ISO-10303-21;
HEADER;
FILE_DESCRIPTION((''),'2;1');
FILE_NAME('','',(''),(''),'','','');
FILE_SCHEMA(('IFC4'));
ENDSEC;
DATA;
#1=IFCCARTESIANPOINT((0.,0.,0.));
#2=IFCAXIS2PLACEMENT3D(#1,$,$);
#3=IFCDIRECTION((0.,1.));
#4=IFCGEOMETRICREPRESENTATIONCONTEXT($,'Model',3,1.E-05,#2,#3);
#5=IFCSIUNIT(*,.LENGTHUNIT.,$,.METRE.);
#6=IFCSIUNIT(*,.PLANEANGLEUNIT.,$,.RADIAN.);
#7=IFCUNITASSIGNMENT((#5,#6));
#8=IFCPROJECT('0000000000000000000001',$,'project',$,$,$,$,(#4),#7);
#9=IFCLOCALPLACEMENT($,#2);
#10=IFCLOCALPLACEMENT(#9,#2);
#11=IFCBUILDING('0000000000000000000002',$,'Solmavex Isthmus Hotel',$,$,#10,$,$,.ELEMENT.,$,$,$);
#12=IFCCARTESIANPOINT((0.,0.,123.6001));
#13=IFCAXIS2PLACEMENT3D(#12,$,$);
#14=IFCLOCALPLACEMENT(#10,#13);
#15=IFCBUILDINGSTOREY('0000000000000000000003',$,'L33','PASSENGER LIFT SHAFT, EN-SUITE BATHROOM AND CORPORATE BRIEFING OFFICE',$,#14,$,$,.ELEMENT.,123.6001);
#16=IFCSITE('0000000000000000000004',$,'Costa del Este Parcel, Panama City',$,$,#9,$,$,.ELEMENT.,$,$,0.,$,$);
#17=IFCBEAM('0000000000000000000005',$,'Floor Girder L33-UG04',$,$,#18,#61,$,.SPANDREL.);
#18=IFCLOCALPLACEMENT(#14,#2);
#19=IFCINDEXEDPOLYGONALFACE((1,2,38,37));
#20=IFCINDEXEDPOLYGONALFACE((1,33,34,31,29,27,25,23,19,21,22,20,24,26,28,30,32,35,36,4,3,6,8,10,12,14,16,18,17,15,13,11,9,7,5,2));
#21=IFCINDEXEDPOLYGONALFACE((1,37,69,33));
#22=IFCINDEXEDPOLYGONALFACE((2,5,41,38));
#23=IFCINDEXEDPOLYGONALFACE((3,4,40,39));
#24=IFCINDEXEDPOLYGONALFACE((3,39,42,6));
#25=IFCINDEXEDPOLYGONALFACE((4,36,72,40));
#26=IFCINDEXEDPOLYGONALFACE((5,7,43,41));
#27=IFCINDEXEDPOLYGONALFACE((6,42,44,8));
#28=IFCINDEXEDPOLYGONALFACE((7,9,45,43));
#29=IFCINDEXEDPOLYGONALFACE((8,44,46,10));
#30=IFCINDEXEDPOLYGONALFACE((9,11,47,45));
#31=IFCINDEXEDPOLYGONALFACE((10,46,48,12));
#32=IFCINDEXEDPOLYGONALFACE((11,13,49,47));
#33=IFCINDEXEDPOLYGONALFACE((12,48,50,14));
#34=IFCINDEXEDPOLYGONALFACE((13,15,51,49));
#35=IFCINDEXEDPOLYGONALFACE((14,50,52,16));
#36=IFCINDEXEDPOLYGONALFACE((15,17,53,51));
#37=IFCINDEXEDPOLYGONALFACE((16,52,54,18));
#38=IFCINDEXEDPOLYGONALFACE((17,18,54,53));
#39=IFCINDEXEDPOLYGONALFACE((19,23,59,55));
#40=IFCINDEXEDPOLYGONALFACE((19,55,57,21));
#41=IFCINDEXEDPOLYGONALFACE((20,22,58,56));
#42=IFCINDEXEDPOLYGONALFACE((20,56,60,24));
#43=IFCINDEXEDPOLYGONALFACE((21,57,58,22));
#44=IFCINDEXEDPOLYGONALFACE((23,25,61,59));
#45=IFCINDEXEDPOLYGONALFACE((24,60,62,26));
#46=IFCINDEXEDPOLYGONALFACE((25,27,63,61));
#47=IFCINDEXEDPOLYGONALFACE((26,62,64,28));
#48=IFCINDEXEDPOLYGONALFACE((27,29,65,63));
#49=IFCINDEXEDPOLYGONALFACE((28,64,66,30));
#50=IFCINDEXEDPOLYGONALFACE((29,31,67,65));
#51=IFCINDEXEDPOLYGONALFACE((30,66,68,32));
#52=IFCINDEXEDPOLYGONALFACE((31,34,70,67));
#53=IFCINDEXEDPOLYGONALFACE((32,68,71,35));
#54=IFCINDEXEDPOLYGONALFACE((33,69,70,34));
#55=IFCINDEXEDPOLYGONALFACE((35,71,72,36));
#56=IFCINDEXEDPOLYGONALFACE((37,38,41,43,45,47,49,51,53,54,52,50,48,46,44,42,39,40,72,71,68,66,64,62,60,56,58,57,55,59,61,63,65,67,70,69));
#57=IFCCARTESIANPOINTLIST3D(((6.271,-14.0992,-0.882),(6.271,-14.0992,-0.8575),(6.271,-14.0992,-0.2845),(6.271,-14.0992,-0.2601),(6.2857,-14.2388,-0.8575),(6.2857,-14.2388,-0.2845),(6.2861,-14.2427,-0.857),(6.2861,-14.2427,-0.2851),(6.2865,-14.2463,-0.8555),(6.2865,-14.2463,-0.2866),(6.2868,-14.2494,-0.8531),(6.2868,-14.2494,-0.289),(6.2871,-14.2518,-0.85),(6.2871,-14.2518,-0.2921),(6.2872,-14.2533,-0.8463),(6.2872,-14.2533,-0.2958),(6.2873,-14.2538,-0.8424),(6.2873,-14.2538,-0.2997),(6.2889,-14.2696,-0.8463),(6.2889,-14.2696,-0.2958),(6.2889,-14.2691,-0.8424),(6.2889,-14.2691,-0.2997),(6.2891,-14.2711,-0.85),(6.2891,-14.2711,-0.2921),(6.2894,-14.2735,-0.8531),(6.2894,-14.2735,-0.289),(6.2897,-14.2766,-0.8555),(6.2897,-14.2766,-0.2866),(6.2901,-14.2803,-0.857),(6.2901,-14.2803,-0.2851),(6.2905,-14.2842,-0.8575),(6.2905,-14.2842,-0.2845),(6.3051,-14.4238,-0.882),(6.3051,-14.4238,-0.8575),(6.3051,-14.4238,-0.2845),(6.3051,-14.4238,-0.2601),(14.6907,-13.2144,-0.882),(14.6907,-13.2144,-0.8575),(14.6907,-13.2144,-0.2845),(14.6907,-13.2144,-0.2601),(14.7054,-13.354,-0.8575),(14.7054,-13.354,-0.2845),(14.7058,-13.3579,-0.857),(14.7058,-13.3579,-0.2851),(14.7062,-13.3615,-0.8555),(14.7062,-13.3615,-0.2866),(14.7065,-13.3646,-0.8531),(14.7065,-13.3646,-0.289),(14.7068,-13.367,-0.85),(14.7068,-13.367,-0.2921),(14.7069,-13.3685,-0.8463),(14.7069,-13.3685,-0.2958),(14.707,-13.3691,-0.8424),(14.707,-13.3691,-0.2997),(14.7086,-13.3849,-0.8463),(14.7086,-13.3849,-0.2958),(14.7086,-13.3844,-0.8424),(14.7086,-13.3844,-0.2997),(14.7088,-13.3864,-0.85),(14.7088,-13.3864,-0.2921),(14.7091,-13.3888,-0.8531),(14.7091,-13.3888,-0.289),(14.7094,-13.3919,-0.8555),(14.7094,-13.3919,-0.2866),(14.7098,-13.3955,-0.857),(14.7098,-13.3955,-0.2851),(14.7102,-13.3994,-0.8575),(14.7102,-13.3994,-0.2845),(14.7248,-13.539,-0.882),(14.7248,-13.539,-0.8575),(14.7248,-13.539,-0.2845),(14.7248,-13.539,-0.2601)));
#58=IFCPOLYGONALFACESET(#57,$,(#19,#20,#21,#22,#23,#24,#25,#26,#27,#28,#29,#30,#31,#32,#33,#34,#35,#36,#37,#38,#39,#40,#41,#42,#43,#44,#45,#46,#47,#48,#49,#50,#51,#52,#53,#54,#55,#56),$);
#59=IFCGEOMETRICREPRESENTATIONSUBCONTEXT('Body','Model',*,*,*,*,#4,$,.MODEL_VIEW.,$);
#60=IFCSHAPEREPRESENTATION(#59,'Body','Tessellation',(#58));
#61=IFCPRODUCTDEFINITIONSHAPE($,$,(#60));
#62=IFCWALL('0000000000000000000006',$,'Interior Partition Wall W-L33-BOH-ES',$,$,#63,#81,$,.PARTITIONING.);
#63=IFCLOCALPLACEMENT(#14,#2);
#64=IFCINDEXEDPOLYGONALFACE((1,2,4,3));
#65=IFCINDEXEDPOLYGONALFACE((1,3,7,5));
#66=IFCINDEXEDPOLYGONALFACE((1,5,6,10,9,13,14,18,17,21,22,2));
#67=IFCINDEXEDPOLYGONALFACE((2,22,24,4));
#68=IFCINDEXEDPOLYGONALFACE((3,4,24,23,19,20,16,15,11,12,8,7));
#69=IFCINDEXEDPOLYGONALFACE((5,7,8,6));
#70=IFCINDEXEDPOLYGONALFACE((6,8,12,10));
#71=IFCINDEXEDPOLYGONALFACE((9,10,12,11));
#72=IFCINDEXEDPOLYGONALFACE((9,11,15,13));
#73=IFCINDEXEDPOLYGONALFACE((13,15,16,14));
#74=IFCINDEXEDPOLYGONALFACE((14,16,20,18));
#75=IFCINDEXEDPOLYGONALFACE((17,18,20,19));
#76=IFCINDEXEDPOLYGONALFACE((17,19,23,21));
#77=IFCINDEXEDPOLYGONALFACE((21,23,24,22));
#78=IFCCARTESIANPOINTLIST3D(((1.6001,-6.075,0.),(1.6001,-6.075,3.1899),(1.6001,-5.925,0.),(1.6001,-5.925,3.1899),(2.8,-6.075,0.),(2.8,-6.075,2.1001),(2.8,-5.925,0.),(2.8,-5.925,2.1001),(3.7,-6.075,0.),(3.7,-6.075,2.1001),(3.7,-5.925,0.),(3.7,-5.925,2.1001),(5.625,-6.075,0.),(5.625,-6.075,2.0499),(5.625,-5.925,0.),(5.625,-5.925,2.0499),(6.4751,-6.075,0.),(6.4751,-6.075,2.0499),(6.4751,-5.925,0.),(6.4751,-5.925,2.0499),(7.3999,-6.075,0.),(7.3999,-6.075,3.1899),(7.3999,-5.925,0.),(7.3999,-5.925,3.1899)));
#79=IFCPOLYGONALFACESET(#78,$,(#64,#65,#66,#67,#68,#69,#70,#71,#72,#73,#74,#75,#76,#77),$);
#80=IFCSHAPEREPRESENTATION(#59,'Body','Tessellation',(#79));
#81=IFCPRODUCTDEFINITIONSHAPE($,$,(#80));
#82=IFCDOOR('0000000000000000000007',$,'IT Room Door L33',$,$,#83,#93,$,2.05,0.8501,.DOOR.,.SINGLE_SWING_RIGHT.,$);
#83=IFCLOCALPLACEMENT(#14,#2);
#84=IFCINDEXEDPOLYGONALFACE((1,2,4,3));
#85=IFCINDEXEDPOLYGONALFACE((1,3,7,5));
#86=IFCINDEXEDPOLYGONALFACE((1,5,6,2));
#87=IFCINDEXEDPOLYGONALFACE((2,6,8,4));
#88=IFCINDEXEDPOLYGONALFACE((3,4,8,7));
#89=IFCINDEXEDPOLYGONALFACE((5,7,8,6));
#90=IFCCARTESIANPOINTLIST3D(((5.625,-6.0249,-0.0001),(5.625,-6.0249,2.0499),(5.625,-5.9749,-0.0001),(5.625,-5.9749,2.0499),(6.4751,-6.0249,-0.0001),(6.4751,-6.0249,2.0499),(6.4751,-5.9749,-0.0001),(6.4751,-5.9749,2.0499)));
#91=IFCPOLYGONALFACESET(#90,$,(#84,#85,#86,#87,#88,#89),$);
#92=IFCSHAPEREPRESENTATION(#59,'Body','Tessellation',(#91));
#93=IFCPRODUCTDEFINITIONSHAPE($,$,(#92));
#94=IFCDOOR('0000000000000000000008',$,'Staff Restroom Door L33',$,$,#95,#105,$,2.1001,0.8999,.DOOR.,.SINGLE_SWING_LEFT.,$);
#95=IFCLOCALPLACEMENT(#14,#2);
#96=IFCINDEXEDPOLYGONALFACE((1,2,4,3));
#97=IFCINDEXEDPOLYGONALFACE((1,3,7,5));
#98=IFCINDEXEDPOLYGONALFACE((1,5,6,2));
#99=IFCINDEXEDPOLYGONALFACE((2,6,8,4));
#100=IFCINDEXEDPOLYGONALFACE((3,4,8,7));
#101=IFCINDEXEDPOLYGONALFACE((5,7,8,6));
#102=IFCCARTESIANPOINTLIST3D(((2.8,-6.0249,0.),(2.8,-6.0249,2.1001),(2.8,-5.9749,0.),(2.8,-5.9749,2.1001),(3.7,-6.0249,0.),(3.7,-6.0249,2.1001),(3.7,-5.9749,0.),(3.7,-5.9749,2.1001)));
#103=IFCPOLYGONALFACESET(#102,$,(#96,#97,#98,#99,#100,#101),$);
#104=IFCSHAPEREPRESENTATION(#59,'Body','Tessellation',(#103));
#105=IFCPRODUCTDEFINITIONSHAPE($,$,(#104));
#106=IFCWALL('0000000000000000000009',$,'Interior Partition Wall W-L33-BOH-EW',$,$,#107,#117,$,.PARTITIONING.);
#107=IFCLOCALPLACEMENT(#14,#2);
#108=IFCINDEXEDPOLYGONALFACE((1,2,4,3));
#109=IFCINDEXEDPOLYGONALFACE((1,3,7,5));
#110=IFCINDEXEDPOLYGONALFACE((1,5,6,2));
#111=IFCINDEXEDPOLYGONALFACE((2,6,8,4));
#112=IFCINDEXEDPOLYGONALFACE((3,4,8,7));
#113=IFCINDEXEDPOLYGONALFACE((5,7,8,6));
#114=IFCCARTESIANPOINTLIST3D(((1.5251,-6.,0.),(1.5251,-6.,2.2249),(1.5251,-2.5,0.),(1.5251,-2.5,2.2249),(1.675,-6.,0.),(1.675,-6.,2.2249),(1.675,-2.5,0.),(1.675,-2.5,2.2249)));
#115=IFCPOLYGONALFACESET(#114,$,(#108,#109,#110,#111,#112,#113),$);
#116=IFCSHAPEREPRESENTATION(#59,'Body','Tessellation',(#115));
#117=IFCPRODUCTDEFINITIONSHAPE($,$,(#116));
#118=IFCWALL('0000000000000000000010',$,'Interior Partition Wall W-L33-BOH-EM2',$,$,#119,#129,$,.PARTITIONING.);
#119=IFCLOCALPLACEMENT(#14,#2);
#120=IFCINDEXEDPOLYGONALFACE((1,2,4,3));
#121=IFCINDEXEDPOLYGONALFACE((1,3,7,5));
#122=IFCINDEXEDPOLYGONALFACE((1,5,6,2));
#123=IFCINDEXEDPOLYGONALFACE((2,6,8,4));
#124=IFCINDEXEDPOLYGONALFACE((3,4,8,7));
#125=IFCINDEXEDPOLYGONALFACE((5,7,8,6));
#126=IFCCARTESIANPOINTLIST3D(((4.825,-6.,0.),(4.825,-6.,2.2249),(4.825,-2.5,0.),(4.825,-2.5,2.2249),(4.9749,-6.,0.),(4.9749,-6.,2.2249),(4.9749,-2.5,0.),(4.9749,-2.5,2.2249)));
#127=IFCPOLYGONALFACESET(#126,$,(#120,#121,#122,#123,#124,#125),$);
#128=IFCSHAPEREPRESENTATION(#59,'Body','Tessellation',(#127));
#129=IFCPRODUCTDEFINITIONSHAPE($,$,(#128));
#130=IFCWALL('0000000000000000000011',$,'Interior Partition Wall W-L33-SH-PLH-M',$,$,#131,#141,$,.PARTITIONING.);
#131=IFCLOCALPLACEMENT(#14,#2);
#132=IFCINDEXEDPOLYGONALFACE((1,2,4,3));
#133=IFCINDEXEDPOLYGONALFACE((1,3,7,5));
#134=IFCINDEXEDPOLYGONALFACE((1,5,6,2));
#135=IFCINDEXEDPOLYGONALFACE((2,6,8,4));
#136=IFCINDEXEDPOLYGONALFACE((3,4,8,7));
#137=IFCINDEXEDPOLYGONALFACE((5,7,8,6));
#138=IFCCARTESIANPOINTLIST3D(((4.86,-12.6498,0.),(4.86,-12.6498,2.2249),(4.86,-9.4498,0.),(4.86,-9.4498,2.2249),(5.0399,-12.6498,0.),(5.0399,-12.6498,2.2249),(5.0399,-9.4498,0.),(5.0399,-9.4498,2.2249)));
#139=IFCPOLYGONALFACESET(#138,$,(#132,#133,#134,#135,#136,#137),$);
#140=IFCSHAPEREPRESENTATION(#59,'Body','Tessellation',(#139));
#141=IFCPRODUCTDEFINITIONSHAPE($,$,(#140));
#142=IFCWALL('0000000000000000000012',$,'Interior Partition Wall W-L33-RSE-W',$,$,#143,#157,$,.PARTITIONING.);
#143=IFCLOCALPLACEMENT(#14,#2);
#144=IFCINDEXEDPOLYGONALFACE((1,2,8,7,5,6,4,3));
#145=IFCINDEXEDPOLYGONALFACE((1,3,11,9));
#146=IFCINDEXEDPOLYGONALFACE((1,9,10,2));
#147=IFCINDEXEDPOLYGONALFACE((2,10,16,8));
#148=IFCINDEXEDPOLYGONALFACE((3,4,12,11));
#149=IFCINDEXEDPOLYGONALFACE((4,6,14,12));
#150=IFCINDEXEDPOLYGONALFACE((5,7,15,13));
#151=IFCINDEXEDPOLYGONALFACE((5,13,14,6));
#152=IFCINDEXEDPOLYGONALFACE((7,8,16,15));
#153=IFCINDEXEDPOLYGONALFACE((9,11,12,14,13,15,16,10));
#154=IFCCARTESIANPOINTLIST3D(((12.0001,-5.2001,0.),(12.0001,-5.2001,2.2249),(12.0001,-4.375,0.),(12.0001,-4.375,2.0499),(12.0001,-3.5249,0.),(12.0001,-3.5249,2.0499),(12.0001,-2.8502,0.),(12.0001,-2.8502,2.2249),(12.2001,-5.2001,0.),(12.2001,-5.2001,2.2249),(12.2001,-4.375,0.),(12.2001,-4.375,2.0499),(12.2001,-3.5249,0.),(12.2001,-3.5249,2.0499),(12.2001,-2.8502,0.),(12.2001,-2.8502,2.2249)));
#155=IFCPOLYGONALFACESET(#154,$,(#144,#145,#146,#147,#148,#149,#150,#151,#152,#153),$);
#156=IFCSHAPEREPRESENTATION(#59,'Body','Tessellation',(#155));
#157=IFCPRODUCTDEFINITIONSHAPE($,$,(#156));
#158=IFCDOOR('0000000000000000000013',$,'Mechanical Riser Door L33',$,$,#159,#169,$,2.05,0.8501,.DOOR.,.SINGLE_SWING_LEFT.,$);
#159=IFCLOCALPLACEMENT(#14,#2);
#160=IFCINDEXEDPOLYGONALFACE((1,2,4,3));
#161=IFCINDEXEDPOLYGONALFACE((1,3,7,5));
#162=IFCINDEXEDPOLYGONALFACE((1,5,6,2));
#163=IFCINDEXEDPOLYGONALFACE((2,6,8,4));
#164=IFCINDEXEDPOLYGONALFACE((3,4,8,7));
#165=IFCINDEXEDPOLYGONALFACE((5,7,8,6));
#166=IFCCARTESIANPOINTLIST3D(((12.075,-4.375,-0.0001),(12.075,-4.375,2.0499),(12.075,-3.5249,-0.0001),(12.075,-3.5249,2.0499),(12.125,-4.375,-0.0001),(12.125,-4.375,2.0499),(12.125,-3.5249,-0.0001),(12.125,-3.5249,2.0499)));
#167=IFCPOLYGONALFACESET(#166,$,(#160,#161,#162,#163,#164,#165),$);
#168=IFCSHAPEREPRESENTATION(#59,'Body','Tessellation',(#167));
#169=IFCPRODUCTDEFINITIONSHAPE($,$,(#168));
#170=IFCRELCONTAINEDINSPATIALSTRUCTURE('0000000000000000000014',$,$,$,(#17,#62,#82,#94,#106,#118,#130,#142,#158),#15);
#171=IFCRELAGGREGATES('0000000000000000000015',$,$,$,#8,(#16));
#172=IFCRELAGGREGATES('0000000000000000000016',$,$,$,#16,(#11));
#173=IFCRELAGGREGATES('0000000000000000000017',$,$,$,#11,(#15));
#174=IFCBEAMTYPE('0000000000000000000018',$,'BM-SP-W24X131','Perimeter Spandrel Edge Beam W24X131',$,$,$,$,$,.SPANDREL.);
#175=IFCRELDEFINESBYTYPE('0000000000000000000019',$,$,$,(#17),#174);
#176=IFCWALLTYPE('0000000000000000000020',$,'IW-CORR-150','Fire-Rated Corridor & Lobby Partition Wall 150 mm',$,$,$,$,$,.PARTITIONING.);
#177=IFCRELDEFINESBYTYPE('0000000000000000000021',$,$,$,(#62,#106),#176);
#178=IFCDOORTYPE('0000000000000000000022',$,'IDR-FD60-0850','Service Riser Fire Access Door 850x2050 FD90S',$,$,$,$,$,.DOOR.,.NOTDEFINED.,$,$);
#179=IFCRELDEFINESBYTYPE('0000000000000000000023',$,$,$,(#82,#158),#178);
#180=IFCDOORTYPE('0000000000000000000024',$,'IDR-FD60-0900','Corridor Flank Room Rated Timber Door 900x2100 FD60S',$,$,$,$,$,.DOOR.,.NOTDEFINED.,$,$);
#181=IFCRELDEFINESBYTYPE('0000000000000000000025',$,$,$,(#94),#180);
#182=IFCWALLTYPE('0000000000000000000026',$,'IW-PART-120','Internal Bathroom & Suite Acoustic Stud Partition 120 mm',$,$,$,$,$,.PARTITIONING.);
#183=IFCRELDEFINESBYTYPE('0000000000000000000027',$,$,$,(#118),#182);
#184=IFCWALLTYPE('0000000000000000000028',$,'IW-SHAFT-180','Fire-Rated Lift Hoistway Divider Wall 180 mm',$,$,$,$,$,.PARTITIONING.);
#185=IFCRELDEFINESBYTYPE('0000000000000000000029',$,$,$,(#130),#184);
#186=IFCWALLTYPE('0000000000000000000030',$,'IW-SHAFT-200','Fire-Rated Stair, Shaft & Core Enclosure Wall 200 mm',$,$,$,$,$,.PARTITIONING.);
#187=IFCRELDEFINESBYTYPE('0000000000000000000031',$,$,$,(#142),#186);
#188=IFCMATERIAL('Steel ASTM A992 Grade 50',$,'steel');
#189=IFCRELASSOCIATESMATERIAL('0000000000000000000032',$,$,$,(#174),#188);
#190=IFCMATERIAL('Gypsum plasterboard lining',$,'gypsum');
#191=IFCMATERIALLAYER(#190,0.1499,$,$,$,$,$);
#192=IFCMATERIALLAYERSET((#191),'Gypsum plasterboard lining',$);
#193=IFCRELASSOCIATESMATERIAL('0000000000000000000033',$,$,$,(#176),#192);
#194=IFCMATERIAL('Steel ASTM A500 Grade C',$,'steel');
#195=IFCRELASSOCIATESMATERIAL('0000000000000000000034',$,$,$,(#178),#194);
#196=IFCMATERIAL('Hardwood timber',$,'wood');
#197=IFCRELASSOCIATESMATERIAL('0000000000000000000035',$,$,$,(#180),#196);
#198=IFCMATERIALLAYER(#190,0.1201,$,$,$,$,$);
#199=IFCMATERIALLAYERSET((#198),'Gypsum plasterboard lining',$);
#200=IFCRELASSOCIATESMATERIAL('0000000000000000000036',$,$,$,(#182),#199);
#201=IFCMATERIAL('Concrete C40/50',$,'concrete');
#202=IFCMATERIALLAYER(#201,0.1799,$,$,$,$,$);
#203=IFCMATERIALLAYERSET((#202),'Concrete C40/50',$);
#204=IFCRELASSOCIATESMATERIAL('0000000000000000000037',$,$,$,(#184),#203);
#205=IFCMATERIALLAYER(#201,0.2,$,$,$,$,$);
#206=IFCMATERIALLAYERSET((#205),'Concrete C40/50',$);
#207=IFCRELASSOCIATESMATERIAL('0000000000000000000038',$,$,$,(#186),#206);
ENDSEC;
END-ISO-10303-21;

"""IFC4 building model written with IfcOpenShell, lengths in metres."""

from ifc_helpers import new_model, si_unit, direction, frame, frame_2d, origin, origin_2d, place, context, subcontext, project, spatial, rectangle, i_section, extrude, material, layer, layer_set, material_profile, profile_set, type_object, element, fill, save


model = new_model("IFC4")

# Units and contexts
model_context = context("Model", 3, precision=1e-05, world=origin(), true_north=direction((0.0, 1.0)))
body_context = subcontext(model_context, "Body", "Model", "MODEL_VIEW")
ifc_project = project(units=[si_unit("LENGTHUNIT", "METRE"), si_unit("PLANEANGLEUNIT", "RADIAN")], contexts=[model_context])

# Site, building, storey
site_placement = place(None, origin())
site = spatial("IfcSite", under=ifc_project, at=site_placement, Name="Costa del Este Parcel, Panama City", CompositionType="ELEMENT", RefElevation=0.0)
building_placement = place(site_placement, origin())
building = spatial("IfcBuilding", under=site, at=building_placement, Name="Solmavex Isthmus Hotel", CompositionType="ELEMENT")
storey_placement = place(building_placement, frame((0.0, 0.0, 123.6001)))
storey = spatial("IfcBuildingStorey", under=building, at=storey_placement, Name="L33", Description="PASSENGER LIFT SHAFT, EN-SUITE BATHROOM AND CORPORATE BRIEFING OFFICE", CompositionType="ELEMENT", Elevation=123.6001)

# Beam
ifc_material_1 = material(Name="Steel ASTM A992 Grade 50", Category="steel")
ifc_material_profile_1 = material_profile(ifc_material_1, i_section(OverallWidth=0.3264, OverallDepth=0.6218, WebThickness=0.0154, FlangeThickness=0.0244, FilletRadius=0.0151, at=origin_2d()), Name="W24X131")
ifc_profile_set_1 = profile_set([ifc_material_profile_1], Name="Steel ASTM A992 Grade 50")
beam_type_1 = type_object("IfcBeamType", Name="BM-SP-W24X131", Description="Perimeter Spandrel Edge Beam W24X131", PredefinedType="SPANDREL", material=ifc_profile_set_1)
beam_1_placement = place(storey_placement, frame((6.2881, -14.2615, -0.571), z_axis=(0.994524, 0.104508, 0.0), x_axis=(-0.104508, 0.994524, 0.0)))
element("IfcBeam", 1, at=beam_1_placement, inside=storey, type_object=beam_type_1, Name="Floor Girder L33-UG04", PredefinedType="SPANDREL", context=body_context, shape_type="SweptSolid", body=[
    extrude(i_section(OverallWidth=0.3264, OverallDepth=0.6218, WebThickness=0.0154, FlangeThickness=0.0244, FilletRadius=0.0151, at=origin_2d()), origin(), (0.0, 0.0, 1.0), 8.4661),
])

# Wall, openings, doors
ifc_material_2 = material(Name="Gypsum plasterboard lining", Category="gypsum")
ifc_layer_1 = layer(ifc_material_2, 0.1499)
ifc_layer_set_1 = layer_set([ifc_layer_1], Name="Gypsum plasterboard lining")
wall_type_1 = type_object("IfcWallType", Name="IW-CORR-150", Description="Fire-Rated Corridor & Lobby Partition Wall 150 mm", PredefinedType="PARTITIONING", material=ifc_layer_set_1)
wall_1_placement = place(storey_placement, frame((1.6001, -6.0, 0.0), z_axis=(0.0, 0.0, 1.0), x_axis=(1.0, 0.0, 0.0)))
wall_1 = element("IfcWall", 2, at=wall_1_placement, inside=storey, type_object=wall_type_1, Name="Interior Partition Wall W-L33-BOH-ES", PredefinedType="PARTITIONING", context=body_context, shape_type="SweptSolid", body=[
    extrude(rectangle(XDim=5.7998, YDim=0.1499, at=frame_2d((2.8999, 0.0))), origin(), (0.0, 0.0, 1.0), 3.1899),
])
opening_1_placement = place(wall_1_placement, frame((1.2, 0.0, 0.0)))
opening_1 = element("IfcOpeningElement", 3, at=opening_1_placement, cuts=wall_1, PredefinedType="OPENING", context=body_context, shape_type="SweptSolid", body=[
    extrude(rectangle(XDim=0.8999, YDim=2.1001, at=frame_2d((0.45, 1.05))), frame((0.0, 0.085, 0.0), z_axis=(0.0, -1.0, 0.0), x_axis=(1.0, 0.0, 0.0)), (0.0, 0.0, 1.0), 0.1699),
])
opening_2_placement = place(wall_1_placement, frame((4.0249, 0.0, 0.0)))
opening_2 = element("IfcOpeningElement", 4, at=opening_2_placement, cuts=wall_1, PredefinedType="OPENING", context=body_context, shape_type="SweptSolid", body=[
    extrude(rectangle(XDim=0.8501, YDim=2.05, at=frame_2d((0.425, 1.0249))), frame((0.0, 0.085, 0.0), z_axis=(0.0, -1.0, 0.0), x_axis=(1.0, 0.0, 0.0)), (0.0, 0.0, 1.0), 0.1699),
])
ifc_material_3 = material(Name="Steel ASTM A500 Grade C", Category="steel")
door_type_1 = type_object("IfcDoorType", Name="IDR-FD60-0850", Description="Service Riser Fire Access Door 850x2050 FD90S", OperationType="NOTDEFINED", PredefinedType="DOOR", material=ifc_material_3)
door_1_placement = place(opening_2_placement, frame((0.8501, 0.0, 0.0), z_axis=(0.0, 0.0, 1.0), x_axis=(-1.0, 0.0, 0.0)))
door_1 = element("IfcDoor", 5, at=door_1_placement, inside=storey, type_object=door_type_1, Name="IT Room Door L33", OperationType="SINGLE_SWING_RIGHT", OverallHeight=2.05, OverallWidth=0.8501, PredefinedType="DOOR", context=body_context, shape_type="SweptSolid", body=[
    extrude(rectangle(XDim=0.8501, YDim=2.05, at=frame_2d((0.425, 1.0249))), frame((0.0, 0.0249, 0.0), z_axis=(0.0, -1.0, 0.0), x_axis=(1.0, 0.0, 0.0)), (0.0, 0.0, 1.0), 0.05),
])
fill(opening_2, door_1)
ifc_material_4 = material(Name="Hardwood timber", Category="wood")
door_type_2 = type_object("IfcDoorType", Name="IDR-FD60-0900", Description="Corridor Flank Room Rated Timber Door 900x2100 FD60S", OperationType="NOTDEFINED", PredefinedType="DOOR", material=ifc_material_4)
door_2_placement = place(opening_1_placement, frame((0.8999, 0.0, 0.0), z_axis=(0.0, 0.0, 1.0), x_axis=(-1.0, 0.0, 0.0)))
door_2 = element("IfcDoor", 6, at=door_2_placement, inside=storey, type_object=door_type_2, Name="Staff Restroom Door L33", OperationType="SINGLE_SWING_LEFT", OverallHeight=2.1001, OverallWidth=0.8999, PredefinedType="DOOR", context=body_context, shape_type="SweptSolid", body=[
    extrude(rectangle(XDim=0.8999, YDim=2.1001, at=frame_2d((0.45, 1.05))), frame((0.0, 0.0249, 0.0), z_axis=(0.0, -1.0, 0.0), x_axis=(1.0, 0.0, 0.0)), (0.0, 0.0, 1.0), 0.05),
])
fill(opening_1, door_2)

# Walls
wall_2_placement = place(storey_placement, frame((1.6001, -6.0, 0.0), z_axis=(0.0, 0.0, 1.0), x_axis=(0.0, 1.0, 0.0)))
element("IfcWall", 7, at=wall_2_placement, inside=storey, type_object=wall_type_1, Name="Interior Partition Wall W-L33-BOH-EW", PredefinedType="PARTITIONING", context=body_context, shape_type="SweptSolid", body=[
    extrude(rectangle(XDim=3.5, YDim=0.1499, at=frame_2d((1.75, 0.0))), origin(), (0.0, 0.0, 1.0), 2.2249),
])
ifc_layer_2 = layer(ifc_material_2, 0.1201)
ifc_layer_set_2 = layer_set([ifc_layer_2], Name="Gypsum plasterboard lining")
wall_type_2 = type_object("IfcWallType", Name="IW-PART-120", Description="Internal Bathroom & Suite Acoustic Stud Partition 120 mm", PredefinedType="PARTITIONING", material=ifc_layer_set_2)
wall_3_placement = place(storey_placement, frame((4.8999, -6.0, 0.0), z_axis=(0.0, 0.0, 1.0), x_axis=(0.0, 1.0, 0.0)))
element("IfcWall", 8, at=wall_3_placement, inside=storey, type_object=wall_type_2, Name="Interior Partition Wall W-L33-BOH-EM2", PredefinedType="PARTITIONING", context=body_context, shape_type="SweptSolid", body=[
    extrude(rectangle(XDim=3.5, YDim=0.1499, at=frame_2d((1.75, 0.0))), origin(), (0.0, 0.0, 1.0), 2.2249),
])
ifc_material_5 = material(Name="Concrete C40/50", Category="concrete")
ifc_layer_3 = layer(ifc_material_5, 0.1799)
ifc_layer_set_3 = layer_set([ifc_layer_3], Name="Concrete C40/50")
wall_type_3 = type_object("IfcWallType", Name="IW-SHAFT-180", Description="Fire-Rated Lift Hoistway Divider Wall 180 mm", PredefinedType="PARTITIONING", material=ifc_layer_set_3)
wall_4_placement = place(storey_placement, frame((4.95, -12.6499, 0.0), z_axis=(0.0, 0.0, 1.0), x_axis=(0.0, 1.0, 0.0)))
element("IfcWall", 9, at=wall_4_placement, inside=storey, type_object=wall_type_3, Name="Interior Partition Wall W-L33-SH-PLH-M", PredefinedType="PARTITIONING", context=body_context, shape_type="SweptSolid", body=[
    extrude(rectangle(XDim=3.2, YDim=0.1799, at=frame_2d((1.6001, 0.0))), origin(), (0.0, 0.0, 1.0), 2.2249),
])

# Wall, opening, door
ifc_layer_4 = layer(ifc_material_5, 0.2)
ifc_layer_set_4 = layer_set([ifc_layer_4], Name="Concrete C40/50")
wall_type_4 = type_object("IfcWallType", Name="IW-SHAFT-200", Description="Fire-Rated Stair, Shaft & Core Enclosure Wall 200 mm", PredefinedType="PARTITIONING", material=ifc_layer_set_4)
wall_5_placement = place(storey_placement, frame((12.1001, -5.2, 0.0), z_axis=(0.0, 0.0, 1.0), x_axis=(0.0, 1.0, 0.0)))
wall_5 = element("IfcWall", 10, at=wall_5_placement, inside=storey, type_object=wall_type_4, Name="Interior Partition Wall W-L33-RSE-W", PredefinedType="PARTITIONING", context=body_context, shape_type="SweptSolid", body=[
    extrude(rectangle(XDim=2.3499, YDim=0.2, at=frame_2d((1.1748, 0.0))), origin(), (0.0, 0.0, 1.0), 2.2249),
])
opening_3_placement = place(wall_5_placement, frame((0.825, 0.0, 0.0)))
opening_3 = element("IfcOpeningElement", 11, at=opening_3_placement, cuts=wall_5, PredefinedType="OPENING", context=body_context, shape_type="SweptSolid", body=[
    extrude(rectangle(XDim=0.8501, YDim=2.05, at=frame_2d((0.425, 1.0249))), frame((0.0, 0.1099, 0.0), z_axis=(0.0, -1.0, 0.0), x_axis=(1.0, 0.0, 0.0)), (0.0, 0.0, 1.0), 0.22),
])
door_3_placement = place(opening_3_placement, frame((0.8501, 0.0, 0.0), z_axis=(0.0, 0.0, 1.0), x_axis=(-1.0, 0.0, 0.0)))
door_3 = element("IfcDoor", 12, at=door_3_placement, inside=storey, type_object=door_type_1, Name="Mechanical Riser Door L33", OperationType="SINGLE_SWING_LEFT", OverallHeight=2.05, OverallWidth=0.8501, PredefinedType="DOOR", context=body_context, shape_type="SweptSolid", body=[
    extrude(rectangle(XDim=0.8501, YDim=2.05, at=frame_2d((0.425, 1.0249))), frame((0.0, 0.0249, 0.0), z_axis=(0.0, -1.0, 0.0), x_axis=(1.0, 0.0, 0.0)), (0.0, 0.0, 1.0), 0.05),
])
fill(opening_3, door_3)

save(model, "model.ifc")
